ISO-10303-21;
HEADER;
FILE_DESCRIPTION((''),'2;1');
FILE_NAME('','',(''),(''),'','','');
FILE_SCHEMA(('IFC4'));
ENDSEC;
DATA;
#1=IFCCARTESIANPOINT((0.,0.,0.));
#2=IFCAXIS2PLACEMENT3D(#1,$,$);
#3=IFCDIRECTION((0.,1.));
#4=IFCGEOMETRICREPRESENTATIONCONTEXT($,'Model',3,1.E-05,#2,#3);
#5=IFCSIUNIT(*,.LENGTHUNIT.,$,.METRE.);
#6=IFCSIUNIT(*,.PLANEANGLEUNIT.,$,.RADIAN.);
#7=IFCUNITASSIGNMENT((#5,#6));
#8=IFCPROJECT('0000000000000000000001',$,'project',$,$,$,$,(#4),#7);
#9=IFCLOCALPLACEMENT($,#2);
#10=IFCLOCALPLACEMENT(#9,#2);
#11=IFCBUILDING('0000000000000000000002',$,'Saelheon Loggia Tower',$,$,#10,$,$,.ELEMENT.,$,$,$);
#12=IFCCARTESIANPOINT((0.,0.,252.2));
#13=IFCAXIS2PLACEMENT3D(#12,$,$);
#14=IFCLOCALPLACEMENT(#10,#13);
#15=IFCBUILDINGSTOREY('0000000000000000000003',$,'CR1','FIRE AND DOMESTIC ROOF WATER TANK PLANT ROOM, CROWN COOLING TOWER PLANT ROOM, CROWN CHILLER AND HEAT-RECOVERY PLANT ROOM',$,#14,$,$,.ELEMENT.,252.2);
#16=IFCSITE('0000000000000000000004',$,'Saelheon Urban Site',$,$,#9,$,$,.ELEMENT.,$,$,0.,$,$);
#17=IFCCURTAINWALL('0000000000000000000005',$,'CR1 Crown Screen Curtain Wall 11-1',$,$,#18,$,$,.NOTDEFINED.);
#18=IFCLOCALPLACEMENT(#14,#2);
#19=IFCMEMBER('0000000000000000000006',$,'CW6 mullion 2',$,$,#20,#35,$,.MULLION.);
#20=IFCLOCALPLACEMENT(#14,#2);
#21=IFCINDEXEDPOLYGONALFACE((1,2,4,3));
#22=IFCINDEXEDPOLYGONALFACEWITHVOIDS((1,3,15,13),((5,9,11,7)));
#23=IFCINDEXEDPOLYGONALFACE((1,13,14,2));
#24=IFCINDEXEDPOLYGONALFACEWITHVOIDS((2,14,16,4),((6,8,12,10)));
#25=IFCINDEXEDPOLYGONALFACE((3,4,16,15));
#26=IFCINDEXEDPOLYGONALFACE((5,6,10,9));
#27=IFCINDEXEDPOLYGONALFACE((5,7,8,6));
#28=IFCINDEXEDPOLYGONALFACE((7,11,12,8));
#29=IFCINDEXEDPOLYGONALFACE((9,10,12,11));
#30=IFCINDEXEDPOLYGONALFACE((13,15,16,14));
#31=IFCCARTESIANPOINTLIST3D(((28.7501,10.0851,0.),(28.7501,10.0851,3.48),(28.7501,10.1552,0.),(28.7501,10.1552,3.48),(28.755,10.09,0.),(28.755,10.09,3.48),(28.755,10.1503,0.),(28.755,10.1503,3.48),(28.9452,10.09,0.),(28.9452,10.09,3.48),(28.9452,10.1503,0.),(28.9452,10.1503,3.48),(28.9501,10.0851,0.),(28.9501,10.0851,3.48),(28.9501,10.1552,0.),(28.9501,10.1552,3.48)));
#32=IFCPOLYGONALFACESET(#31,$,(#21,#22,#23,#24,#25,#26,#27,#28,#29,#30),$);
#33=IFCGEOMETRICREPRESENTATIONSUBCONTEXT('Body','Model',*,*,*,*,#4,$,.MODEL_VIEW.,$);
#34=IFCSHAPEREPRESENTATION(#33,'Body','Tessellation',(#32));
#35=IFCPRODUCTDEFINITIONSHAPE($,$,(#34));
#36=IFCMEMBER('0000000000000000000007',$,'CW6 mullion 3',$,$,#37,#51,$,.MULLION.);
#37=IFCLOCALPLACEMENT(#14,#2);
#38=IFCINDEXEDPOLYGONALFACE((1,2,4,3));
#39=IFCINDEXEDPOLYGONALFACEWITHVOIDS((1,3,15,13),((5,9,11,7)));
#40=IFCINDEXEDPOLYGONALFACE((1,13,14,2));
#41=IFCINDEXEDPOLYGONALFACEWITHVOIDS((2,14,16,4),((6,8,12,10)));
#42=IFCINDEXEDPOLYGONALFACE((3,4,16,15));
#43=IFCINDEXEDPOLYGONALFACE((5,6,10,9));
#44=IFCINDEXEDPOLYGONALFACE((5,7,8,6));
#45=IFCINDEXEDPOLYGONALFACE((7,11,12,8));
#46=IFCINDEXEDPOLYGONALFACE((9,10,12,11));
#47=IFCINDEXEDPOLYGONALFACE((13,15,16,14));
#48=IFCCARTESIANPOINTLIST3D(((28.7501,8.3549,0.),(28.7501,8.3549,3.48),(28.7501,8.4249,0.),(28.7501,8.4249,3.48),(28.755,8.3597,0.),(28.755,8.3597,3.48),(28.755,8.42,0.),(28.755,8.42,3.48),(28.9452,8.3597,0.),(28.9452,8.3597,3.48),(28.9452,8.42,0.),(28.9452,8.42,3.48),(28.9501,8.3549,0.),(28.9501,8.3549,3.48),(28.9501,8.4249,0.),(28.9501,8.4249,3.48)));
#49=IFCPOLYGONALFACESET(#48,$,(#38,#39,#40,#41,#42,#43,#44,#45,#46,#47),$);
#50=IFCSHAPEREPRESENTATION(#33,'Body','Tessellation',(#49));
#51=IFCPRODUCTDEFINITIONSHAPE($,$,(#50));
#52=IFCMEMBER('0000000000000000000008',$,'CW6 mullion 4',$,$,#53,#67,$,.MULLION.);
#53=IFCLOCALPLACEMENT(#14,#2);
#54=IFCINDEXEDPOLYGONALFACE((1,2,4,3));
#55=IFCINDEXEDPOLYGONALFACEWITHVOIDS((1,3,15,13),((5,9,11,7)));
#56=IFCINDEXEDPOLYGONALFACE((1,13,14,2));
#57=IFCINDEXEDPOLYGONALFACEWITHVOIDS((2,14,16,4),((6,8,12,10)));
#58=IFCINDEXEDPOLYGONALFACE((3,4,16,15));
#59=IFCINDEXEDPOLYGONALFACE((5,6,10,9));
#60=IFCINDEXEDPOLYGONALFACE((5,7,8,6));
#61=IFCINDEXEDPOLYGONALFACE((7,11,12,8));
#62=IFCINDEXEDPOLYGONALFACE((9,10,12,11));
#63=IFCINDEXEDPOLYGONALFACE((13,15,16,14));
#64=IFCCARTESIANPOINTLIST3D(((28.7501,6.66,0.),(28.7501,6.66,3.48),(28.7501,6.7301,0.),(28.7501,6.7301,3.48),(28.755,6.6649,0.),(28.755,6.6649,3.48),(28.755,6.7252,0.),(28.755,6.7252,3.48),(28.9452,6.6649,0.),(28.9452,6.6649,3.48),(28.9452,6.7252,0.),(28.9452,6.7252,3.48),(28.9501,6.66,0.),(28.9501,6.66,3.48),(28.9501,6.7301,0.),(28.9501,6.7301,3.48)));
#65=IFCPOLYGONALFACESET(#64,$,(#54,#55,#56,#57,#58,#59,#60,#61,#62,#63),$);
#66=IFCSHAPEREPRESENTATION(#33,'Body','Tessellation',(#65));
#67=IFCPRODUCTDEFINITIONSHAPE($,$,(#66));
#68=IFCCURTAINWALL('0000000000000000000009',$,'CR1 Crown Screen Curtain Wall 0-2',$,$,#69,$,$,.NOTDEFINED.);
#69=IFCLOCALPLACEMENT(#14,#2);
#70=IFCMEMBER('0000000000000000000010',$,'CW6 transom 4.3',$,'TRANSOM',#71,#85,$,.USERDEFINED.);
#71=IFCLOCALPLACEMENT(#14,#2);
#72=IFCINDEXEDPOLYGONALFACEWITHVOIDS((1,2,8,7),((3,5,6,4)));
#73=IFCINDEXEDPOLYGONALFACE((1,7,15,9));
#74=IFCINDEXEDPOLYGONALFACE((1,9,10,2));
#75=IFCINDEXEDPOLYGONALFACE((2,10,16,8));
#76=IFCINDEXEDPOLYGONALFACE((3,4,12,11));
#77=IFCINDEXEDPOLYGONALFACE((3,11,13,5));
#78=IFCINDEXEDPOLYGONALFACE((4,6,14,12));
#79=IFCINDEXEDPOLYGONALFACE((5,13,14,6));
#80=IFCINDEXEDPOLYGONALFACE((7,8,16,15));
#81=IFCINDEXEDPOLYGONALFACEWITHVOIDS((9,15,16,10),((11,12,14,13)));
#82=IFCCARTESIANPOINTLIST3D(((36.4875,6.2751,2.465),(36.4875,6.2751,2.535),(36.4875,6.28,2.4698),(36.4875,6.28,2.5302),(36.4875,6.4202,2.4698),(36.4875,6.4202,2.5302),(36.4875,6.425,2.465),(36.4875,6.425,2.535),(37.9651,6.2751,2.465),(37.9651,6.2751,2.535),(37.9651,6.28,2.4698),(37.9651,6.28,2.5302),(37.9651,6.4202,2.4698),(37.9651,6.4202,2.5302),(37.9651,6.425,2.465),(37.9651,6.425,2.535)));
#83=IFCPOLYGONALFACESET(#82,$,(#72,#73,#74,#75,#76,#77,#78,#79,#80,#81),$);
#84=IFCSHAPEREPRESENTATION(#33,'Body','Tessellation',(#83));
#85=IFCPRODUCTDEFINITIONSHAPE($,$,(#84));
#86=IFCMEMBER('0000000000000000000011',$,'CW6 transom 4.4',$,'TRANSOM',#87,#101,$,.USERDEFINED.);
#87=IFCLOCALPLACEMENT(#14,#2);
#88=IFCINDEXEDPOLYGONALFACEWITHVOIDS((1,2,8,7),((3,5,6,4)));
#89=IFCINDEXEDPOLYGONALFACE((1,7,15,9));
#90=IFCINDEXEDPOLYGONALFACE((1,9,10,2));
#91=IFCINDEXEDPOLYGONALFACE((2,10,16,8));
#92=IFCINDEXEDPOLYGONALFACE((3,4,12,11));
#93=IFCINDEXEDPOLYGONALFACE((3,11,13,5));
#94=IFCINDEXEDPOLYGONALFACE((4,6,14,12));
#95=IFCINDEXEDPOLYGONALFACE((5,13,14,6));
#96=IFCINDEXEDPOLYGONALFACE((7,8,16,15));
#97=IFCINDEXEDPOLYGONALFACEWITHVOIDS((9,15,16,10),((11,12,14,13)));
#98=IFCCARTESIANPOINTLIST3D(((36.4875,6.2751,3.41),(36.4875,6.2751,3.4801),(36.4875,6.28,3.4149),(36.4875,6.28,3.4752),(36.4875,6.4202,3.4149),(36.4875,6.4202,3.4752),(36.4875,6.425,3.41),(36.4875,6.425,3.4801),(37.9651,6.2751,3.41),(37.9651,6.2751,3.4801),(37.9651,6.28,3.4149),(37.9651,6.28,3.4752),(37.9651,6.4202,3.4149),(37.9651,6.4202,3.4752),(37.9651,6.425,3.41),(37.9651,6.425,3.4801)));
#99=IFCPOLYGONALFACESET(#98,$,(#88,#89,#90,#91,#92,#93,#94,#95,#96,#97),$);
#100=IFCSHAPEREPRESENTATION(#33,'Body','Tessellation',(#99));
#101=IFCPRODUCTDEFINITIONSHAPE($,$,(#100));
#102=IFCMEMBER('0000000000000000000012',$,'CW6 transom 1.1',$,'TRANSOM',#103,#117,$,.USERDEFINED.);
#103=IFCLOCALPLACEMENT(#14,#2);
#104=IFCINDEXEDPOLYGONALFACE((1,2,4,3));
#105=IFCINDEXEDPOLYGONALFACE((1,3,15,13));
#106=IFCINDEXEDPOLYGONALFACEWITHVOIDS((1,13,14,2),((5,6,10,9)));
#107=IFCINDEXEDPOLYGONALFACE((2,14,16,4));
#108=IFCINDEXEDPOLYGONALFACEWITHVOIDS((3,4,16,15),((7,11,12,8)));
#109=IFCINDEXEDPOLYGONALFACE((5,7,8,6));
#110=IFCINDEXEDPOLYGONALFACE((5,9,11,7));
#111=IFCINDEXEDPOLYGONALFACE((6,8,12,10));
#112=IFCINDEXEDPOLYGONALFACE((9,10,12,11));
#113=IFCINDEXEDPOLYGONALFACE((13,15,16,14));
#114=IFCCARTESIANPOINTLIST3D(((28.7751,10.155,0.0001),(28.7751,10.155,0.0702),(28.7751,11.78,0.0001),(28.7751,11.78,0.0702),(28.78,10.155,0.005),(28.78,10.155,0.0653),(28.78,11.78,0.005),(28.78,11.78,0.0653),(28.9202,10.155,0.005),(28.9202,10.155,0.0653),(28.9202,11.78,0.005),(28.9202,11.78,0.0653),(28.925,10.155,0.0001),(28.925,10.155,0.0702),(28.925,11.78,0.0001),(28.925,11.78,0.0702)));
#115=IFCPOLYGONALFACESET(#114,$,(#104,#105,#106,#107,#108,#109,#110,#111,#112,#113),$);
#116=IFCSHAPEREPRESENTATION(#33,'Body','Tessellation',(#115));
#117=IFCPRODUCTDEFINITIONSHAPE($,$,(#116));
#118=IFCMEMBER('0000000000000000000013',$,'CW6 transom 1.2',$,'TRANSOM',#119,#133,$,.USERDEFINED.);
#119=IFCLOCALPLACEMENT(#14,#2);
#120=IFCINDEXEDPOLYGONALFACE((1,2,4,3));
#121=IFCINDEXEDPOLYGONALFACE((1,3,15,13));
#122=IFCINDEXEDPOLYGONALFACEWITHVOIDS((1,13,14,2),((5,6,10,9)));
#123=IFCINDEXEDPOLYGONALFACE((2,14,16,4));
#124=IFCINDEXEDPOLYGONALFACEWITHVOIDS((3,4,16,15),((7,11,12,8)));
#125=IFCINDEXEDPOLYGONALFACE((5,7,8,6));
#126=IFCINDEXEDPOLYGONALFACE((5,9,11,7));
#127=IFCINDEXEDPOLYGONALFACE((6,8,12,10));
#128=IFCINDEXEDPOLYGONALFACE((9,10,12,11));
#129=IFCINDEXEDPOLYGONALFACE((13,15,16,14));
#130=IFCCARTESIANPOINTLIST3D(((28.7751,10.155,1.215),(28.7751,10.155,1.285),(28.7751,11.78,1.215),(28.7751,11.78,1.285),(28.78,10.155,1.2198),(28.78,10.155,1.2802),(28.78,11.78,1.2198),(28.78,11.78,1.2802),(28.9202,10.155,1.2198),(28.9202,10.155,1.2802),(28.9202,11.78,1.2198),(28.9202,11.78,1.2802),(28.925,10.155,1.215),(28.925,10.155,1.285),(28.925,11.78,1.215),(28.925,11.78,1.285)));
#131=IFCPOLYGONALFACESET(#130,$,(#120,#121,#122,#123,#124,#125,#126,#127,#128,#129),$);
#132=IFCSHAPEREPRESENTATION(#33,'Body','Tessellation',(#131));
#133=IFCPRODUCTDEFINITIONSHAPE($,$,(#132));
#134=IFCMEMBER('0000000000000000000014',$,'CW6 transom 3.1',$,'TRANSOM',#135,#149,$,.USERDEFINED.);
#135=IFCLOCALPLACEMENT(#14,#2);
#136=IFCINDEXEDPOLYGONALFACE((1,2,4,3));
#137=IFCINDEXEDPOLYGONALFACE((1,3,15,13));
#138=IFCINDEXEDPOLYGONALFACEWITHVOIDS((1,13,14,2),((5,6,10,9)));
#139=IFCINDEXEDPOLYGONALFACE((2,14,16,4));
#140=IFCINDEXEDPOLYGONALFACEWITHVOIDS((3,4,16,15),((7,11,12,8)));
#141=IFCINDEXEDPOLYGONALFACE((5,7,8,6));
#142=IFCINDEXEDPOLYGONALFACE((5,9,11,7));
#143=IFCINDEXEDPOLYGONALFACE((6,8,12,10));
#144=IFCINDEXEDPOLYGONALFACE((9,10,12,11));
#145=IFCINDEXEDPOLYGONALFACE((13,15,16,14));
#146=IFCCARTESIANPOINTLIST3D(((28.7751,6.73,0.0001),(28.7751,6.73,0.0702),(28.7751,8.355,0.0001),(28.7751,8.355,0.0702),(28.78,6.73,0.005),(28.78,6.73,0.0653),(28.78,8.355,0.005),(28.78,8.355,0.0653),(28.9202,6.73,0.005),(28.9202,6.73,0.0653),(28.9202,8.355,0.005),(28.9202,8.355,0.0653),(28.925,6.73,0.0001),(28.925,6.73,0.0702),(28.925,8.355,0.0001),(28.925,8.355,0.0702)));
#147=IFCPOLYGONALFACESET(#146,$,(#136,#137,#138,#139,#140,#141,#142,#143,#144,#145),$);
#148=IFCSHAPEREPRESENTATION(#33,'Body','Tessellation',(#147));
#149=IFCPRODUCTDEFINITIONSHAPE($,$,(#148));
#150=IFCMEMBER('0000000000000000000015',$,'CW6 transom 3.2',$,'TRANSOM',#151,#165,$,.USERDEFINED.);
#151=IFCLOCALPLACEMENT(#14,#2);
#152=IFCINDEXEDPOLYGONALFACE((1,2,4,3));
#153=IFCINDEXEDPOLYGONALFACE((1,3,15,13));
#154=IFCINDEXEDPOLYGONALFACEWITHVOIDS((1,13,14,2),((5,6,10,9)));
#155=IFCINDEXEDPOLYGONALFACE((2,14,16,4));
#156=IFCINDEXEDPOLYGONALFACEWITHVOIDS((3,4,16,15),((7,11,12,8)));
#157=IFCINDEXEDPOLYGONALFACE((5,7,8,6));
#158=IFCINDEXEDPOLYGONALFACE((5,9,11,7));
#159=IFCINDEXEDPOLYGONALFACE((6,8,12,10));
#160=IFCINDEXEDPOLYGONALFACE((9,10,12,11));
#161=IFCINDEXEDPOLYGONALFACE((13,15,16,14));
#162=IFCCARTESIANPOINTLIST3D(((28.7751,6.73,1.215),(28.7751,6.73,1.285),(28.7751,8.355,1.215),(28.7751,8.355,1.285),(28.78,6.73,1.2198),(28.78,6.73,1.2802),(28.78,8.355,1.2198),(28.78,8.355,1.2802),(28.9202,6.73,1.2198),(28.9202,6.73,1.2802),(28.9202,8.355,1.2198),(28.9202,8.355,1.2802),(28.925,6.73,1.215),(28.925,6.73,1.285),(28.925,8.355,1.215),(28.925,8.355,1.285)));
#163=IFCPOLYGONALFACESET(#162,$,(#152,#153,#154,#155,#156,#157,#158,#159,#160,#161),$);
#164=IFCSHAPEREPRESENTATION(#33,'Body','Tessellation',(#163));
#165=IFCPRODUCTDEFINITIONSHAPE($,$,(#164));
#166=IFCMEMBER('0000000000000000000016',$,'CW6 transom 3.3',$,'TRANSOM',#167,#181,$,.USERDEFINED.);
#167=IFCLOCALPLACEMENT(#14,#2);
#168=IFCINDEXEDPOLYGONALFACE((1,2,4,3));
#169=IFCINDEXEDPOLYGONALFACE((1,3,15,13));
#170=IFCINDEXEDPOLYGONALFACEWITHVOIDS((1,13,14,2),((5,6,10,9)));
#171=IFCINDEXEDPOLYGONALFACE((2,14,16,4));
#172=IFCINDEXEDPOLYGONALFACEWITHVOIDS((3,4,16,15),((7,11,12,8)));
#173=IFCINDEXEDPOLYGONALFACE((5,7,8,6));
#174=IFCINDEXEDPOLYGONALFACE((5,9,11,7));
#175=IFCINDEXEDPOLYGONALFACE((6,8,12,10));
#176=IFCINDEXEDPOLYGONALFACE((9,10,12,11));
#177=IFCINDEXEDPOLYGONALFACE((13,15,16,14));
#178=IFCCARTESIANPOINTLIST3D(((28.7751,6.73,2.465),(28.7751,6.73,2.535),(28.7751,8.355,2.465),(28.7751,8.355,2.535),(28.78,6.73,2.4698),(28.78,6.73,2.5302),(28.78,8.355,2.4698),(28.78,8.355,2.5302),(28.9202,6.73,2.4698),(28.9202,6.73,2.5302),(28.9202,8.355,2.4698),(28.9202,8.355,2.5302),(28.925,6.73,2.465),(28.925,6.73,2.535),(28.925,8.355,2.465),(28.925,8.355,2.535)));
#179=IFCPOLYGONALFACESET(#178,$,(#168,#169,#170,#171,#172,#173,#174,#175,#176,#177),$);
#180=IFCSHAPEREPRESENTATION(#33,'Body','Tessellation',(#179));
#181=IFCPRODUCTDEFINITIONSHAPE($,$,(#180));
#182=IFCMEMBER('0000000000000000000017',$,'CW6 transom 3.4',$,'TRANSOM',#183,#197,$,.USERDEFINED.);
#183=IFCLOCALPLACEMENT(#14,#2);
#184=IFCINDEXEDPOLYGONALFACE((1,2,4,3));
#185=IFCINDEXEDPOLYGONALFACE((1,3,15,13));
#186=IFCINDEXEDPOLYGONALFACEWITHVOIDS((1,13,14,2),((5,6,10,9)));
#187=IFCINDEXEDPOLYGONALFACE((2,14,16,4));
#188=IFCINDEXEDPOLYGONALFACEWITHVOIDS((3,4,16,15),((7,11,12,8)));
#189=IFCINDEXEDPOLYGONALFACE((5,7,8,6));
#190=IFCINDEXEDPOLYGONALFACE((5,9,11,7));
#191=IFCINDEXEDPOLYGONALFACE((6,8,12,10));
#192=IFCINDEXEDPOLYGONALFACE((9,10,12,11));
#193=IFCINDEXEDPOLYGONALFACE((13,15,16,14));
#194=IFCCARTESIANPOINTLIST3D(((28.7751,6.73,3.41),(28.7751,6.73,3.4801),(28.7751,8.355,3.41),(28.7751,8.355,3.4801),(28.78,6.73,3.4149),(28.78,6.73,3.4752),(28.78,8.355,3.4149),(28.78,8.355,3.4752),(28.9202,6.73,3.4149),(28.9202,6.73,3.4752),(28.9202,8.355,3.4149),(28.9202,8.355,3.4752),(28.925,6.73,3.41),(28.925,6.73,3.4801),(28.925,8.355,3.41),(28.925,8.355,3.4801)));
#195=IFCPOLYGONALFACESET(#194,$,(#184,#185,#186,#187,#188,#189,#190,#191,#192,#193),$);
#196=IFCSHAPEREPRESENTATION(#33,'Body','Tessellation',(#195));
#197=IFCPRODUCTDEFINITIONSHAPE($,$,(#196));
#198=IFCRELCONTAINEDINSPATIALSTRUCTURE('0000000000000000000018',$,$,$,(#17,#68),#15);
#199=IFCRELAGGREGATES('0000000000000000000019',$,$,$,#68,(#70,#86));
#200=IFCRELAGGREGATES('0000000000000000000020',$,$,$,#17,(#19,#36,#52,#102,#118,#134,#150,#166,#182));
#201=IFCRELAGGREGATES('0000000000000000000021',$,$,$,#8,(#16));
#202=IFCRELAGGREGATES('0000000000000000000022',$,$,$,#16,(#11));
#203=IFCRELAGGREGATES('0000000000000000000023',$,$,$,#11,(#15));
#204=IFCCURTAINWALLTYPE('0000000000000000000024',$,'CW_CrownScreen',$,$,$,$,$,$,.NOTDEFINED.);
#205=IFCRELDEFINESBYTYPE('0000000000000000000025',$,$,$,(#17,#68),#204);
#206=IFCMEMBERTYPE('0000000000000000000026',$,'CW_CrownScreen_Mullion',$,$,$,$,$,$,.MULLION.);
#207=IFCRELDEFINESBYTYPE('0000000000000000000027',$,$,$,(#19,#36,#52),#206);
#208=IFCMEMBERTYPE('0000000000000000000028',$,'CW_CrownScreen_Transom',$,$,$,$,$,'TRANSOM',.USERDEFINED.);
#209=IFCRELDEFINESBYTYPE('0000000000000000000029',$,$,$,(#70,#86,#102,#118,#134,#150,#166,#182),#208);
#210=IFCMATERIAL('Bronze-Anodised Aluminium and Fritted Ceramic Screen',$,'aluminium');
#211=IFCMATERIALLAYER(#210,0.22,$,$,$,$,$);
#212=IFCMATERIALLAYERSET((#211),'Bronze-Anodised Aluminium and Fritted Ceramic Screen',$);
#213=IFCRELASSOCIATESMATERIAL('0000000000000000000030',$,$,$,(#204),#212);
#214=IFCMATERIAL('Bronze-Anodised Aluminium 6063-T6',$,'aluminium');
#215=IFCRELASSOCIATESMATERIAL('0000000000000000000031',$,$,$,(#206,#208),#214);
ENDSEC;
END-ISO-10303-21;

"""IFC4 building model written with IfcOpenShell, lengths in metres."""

from ifc_helpers import new_model, si_unit, direction, frame, origin, origin_2d, place, context, subcontext, project, spatial, hollow_rectangle, extrude, source, transform, mapped, material, layer, layer_set, material_profile, profile_set, type_object, element, aggregate, save


model = new_model("IFC4")

# Units and contexts
model_context = context("Model", 3, precision=1e-05, world=origin(), true_north=direction((0.0, 1.0)))
body_context = subcontext(model_context, "Body", "Model", "MODEL_VIEW")
ifc_project = project(units=[si_unit("LENGTHUNIT", "METRE"), si_unit("PLANEANGLEUNIT", "RADIAN")], contexts=[model_context])

# Site, building, storey
site_placement = place(None, origin())
site = spatial("IfcSite", under=ifc_project, at=site_placement, Name="Saelheon Urban Site", CompositionType="ELEMENT", RefElevation=0.0)
building_placement = place(site_placement, origin())
building = spatial("IfcBuilding", under=site, at=building_placement, Name="Saelheon Loggia Tower", CompositionType="ELEMENT")
storey_placement = place(building_placement, frame((0.0, 0.0, 252.2)))
storey = spatial("IfcBuildingStorey", under=building, at=storey_placement, Name="CR1", Description="FIRE AND DOMESTIC ROOF WATER TANK PLANT ROOM, CROWN COOLING TOWER PLANT ROOM, CROWN CHILLER AND HEAT-RECOVERY PLANT ROOM", CompositionType="ELEMENT", Elevation=252.2)

# Curtain walls, members
ifc_material_1 = material(Name="Bronze-Anodised Aluminium and Fritted Ceramic Screen", Category="aluminium")
ifc_layer_1 = layer(ifc_material_1, 0.22)
ifc_layer_set_1 = layer_set([ifc_layer_1], Name="Bronze-Anodised Aluminium and Fritted Ceramic Screen")
curtain_wall_type = type_object("IfcCurtainWallType", Name="CW_CrownScreen", PredefinedType="NOTDEFINED", material=ifc_layer_set_1)
curtain_wall_1_placement = place(storey_placement, origin())
curtain_wall_1 = element("IfcCurtainWall", 1, at=curtain_wall_1_placement, inside=storey, type_object=curtain_wall_type, Name="CR1 Crown Screen Curtain Wall 11-1", PredefinedType="NOTDEFINED")
ifc_material_2 = material(Name="Bronze-Anodised Aluminium 6063-T6", Category="aluminium")
ifc_material_profile_1 = material_profile(ifc_material_2, hollow_rectangle(XDim=0.0701, YDim=0.2, WallThickness=0.0049, at=origin_2d()), Name="RHS-200x70x5")
ifc_profile_set_1 = profile_set([ifc_material_profile_1], Name="Bronze-Anodised Aluminium 6063-T6")
member_type_1 = type_object("IfcMemberType", Name="CW_CrownScreen_Mullion", PredefinedType="MULLION", material=ifc_profile_set_1)
shared_shape_1 = source(origin(), body_context, "Body", "SweptSolid", [
    extrude(hollow_rectangle(XDim=0.0701, YDim=0.2, WallThickness=0.0049, at=origin_2d()), origin(), (0.0, 0.0, 1.0), 3.48),
])
member_1_placement = place(storey_placement, frame((28.8501, 10.1201, 0.0), z_axis=(0.0, 0.0, 1.0), x_axis=(0.0, -1.0, 0.0)))
member_1 = element("IfcMember", 2, at=member_1_placement, type_object=member_type_1, Name="CW6 mullion 2", PredefinedType="MULLION", context=body_context, shape_type="MappedRepresentation", body=[
    mapped(shared_shape_1, transform((0.0, 0.0, 0.0), scale=1.0)),
])
member_2_placement = place(storey_placement, frame((28.8501, 8.3899, 0.0), z_axis=(0.0, 0.0, 1.0), x_axis=(0.0, -1.0, 0.0)))
member_2 = element("IfcMember", 3, at=member_2_placement, type_object=member_type_1, Name="CW6 mullion 3", PredefinedType="MULLION", context=body_context, shape_type="MappedRepresentation", body=[
    mapped(shared_shape_1, transform((0.0, 0.0, 0.0), scale=1.0)),
])
member_3_placement = place(storey_placement, frame((28.8501, 6.6951, 0.0), z_axis=(0.0, 0.0, 1.0), x_axis=(0.0, -1.0, 0.0)))
member_3 = element("IfcMember", 4, at=member_3_placement, type_object=member_type_1, Name="CW6 mullion 4", PredefinedType="MULLION", context=body_context, shape_type="MappedRepresentation", body=[
    mapped(shared_shape_1, transform((0.0, 0.0, 0.0), scale=1.0)),
])
curtain_wall_2_placement = place(storey_placement, origin())
curtain_wall_2 = element("IfcCurtainWall", 5, at=curtain_wall_2_placement, inside=storey, type_object=curtain_wall_type, Name="CR1 Crown Screen Curtain Wall 0-2", PredefinedType="NOTDEFINED")
ifc_material_profile_2 = material_profile(ifc_material_2, hollow_rectangle(XDim=0.0701, YDim=0.1499, WallThickness=0.0049, at=origin_2d()), Name="RHS-150x70x5")
ifc_profile_set_2 = profile_set([ifc_material_profile_2], Name="Bronze-Anodised Aluminium 6063-T6")
member_type_2 = type_object("IfcMemberType", Name="CW_CrownScreen_Transom", ElementType="TRANSOM", PredefinedType="USERDEFINED", material=ifc_profile_set_2)
shared_shape_2 = source(origin(), body_context, "Body", "SweptSolid", [
    extrude(hollow_rectangle(XDim=0.0701, YDim=0.1499, WallThickness=0.0049, at=origin_2d()), origin(), (0.0, 0.0, 1.0), 1.4775),
])
member_4_placement = place(storey_placement, frame((36.4875, 6.3501, 2.5), z_axis=(1.0, 0.0, 0.0), x_axis=(0.0, 0.0, 1.0)))
member_4 = element("IfcMember", 6, at=member_4_placement, type_object=member_type_2, Name="CW6 transom 4.3", ObjectType="TRANSOM", PredefinedType="USERDEFINED", context=body_context, shape_type="MappedRepresentation", body=[
    mapped(shared_shape_2, transform((0.0, 0.0, 0.0), scale=1.0)),
])
member_5_placement = place(storey_placement, frame((36.4875, 6.3501, 3.4451), z_axis=(1.0, 0.0, 0.0), x_axis=(0.0, 0.0, 1.0)))
member_5 = element("IfcMember", 7, at=member_5_placement, type_object=member_type_2, Name="CW6 transom 4.4", ObjectType="TRANSOM", PredefinedType="USERDEFINED", context=body_context, shape_type="MappedRepresentation", body=[
    mapped(shared_shape_2, transform((0.0, 0.0, 0.0), scale=1.0)),
])
aggregate(curtain_wall_2, [member_4, member_5])

# Members
shared_shape_3 = source(origin(), body_context, "Body", "SweptSolid", [
    extrude(hollow_rectangle(XDim=0.0701, YDim=0.1499, WallThickness=0.0049, at=origin_2d()), origin(), (0.0, 0.0, 1.0), 1.625),
])
member_6_placement = place(storey_placement, frame((28.8501, 11.78, 0.0352), z_axis=(0.0, -1.0, 0.0), x_axis=(0.0, 0.0, 1.0)))
member_6 = element("IfcMember", 8, at=member_6_placement, type_object=member_type_2, Name="CW6 transom 1.1", ObjectType="TRANSOM", PredefinedType="USERDEFINED", context=body_context, shape_type="MappedRepresentation", body=[
    mapped(shared_shape_3, transform((0.0, 0.0, 0.0), scale=1.0)),
])
member_7_placement = place(storey_placement, frame((28.8501, 11.78, 1.25), z_axis=(0.0, -1.0, 0.0), x_axis=(0.0, 0.0, 1.0)))
member_7 = element("IfcMember", 9, at=member_7_placement, type_object=member_type_2, Name="CW6 transom 1.2", ObjectType="TRANSOM", PredefinedType="USERDEFINED", context=body_context, shape_type="MappedRepresentation", body=[
    mapped(shared_shape_3, transform((0.0, 0.0, 0.0), scale=1.0)),
])
member_8_placement = place(storey_placement, frame((28.8501, 8.355, 0.0352), z_axis=(0.0, -1.0, 0.0), x_axis=(0.0, 0.0, 1.0)))
member_8 = element("IfcMember", 10, at=member_8_placement, type_object=member_type_2, Name="CW6 transom 3.1", ObjectType="TRANSOM", PredefinedType="USERDEFINED", context=body_context, shape_type="MappedRepresentation", body=[
    mapped(shared_shape_3, transform((0.0, 0.0, 0.0), scale=1.0)),
])
member_9_placement = place(storey_placement, frame((28.8501, 8.355, 1.25), z_axis=(0.0, -1.0, 0.0), x_axis=(0.0, 0.0, 1.0)))
member_9 = element("IfcMember", 11, at=member_9_placement, type_object=member_type_2, Name="CW6 transom 3.2", ObjectType="TRANSOM", PredefinedType="USERDEFINED", context=body_context, shape_type="MappedRepresentation", body=[
    mapped(shared_shape_3, transform((0.0, 0.0, 0.0), scale=1.0)),
])
member_10_placement = place(storey_placement, frame((28.8501, 8.355, 2.5), z_axis=(0.0, -1.0, 0.0), x_axis=(0.0, 0.0, 1.0)))
member_10 = element("IfcMember", 12, at=member_10_placement, type_object=member_type_2, Name="CW6 transom 3.3", ObjectType="TRANSOM", PredefinedType="USERDEFINED", context=body_context, shape_type="MappedRepresentation", body=[
    mapped(shared_shape_3, transform((0.0, 0.0, 0.0), scale=1.0)),
])
member_11_placement = place(storey_placement, frame((28.8501, 8.355, 3.4451), z_axis=(0.0, -1.0, 0.0), x_axis=(0.0, 0.0, 1.0)))
member_11 = element("IfcMember", 13, at=member_11_placement, type_object=member_type_2, Name="CW6 transom 3.4", ObjectType="TRANSOM", PredefinedType="USERDEFINED", context=body_context, shape_type="MappedRepresentation", body=[
    mapped(shared_shape_3, transform((0.0, 0.0, 0.0), scale=1.0)),
])

aggregate(curtain_wall_1, [member_1, member_2, member_3, member_6, member_7, member_8, member_9, member_10, member_11])

save(model, "model.ifc")
